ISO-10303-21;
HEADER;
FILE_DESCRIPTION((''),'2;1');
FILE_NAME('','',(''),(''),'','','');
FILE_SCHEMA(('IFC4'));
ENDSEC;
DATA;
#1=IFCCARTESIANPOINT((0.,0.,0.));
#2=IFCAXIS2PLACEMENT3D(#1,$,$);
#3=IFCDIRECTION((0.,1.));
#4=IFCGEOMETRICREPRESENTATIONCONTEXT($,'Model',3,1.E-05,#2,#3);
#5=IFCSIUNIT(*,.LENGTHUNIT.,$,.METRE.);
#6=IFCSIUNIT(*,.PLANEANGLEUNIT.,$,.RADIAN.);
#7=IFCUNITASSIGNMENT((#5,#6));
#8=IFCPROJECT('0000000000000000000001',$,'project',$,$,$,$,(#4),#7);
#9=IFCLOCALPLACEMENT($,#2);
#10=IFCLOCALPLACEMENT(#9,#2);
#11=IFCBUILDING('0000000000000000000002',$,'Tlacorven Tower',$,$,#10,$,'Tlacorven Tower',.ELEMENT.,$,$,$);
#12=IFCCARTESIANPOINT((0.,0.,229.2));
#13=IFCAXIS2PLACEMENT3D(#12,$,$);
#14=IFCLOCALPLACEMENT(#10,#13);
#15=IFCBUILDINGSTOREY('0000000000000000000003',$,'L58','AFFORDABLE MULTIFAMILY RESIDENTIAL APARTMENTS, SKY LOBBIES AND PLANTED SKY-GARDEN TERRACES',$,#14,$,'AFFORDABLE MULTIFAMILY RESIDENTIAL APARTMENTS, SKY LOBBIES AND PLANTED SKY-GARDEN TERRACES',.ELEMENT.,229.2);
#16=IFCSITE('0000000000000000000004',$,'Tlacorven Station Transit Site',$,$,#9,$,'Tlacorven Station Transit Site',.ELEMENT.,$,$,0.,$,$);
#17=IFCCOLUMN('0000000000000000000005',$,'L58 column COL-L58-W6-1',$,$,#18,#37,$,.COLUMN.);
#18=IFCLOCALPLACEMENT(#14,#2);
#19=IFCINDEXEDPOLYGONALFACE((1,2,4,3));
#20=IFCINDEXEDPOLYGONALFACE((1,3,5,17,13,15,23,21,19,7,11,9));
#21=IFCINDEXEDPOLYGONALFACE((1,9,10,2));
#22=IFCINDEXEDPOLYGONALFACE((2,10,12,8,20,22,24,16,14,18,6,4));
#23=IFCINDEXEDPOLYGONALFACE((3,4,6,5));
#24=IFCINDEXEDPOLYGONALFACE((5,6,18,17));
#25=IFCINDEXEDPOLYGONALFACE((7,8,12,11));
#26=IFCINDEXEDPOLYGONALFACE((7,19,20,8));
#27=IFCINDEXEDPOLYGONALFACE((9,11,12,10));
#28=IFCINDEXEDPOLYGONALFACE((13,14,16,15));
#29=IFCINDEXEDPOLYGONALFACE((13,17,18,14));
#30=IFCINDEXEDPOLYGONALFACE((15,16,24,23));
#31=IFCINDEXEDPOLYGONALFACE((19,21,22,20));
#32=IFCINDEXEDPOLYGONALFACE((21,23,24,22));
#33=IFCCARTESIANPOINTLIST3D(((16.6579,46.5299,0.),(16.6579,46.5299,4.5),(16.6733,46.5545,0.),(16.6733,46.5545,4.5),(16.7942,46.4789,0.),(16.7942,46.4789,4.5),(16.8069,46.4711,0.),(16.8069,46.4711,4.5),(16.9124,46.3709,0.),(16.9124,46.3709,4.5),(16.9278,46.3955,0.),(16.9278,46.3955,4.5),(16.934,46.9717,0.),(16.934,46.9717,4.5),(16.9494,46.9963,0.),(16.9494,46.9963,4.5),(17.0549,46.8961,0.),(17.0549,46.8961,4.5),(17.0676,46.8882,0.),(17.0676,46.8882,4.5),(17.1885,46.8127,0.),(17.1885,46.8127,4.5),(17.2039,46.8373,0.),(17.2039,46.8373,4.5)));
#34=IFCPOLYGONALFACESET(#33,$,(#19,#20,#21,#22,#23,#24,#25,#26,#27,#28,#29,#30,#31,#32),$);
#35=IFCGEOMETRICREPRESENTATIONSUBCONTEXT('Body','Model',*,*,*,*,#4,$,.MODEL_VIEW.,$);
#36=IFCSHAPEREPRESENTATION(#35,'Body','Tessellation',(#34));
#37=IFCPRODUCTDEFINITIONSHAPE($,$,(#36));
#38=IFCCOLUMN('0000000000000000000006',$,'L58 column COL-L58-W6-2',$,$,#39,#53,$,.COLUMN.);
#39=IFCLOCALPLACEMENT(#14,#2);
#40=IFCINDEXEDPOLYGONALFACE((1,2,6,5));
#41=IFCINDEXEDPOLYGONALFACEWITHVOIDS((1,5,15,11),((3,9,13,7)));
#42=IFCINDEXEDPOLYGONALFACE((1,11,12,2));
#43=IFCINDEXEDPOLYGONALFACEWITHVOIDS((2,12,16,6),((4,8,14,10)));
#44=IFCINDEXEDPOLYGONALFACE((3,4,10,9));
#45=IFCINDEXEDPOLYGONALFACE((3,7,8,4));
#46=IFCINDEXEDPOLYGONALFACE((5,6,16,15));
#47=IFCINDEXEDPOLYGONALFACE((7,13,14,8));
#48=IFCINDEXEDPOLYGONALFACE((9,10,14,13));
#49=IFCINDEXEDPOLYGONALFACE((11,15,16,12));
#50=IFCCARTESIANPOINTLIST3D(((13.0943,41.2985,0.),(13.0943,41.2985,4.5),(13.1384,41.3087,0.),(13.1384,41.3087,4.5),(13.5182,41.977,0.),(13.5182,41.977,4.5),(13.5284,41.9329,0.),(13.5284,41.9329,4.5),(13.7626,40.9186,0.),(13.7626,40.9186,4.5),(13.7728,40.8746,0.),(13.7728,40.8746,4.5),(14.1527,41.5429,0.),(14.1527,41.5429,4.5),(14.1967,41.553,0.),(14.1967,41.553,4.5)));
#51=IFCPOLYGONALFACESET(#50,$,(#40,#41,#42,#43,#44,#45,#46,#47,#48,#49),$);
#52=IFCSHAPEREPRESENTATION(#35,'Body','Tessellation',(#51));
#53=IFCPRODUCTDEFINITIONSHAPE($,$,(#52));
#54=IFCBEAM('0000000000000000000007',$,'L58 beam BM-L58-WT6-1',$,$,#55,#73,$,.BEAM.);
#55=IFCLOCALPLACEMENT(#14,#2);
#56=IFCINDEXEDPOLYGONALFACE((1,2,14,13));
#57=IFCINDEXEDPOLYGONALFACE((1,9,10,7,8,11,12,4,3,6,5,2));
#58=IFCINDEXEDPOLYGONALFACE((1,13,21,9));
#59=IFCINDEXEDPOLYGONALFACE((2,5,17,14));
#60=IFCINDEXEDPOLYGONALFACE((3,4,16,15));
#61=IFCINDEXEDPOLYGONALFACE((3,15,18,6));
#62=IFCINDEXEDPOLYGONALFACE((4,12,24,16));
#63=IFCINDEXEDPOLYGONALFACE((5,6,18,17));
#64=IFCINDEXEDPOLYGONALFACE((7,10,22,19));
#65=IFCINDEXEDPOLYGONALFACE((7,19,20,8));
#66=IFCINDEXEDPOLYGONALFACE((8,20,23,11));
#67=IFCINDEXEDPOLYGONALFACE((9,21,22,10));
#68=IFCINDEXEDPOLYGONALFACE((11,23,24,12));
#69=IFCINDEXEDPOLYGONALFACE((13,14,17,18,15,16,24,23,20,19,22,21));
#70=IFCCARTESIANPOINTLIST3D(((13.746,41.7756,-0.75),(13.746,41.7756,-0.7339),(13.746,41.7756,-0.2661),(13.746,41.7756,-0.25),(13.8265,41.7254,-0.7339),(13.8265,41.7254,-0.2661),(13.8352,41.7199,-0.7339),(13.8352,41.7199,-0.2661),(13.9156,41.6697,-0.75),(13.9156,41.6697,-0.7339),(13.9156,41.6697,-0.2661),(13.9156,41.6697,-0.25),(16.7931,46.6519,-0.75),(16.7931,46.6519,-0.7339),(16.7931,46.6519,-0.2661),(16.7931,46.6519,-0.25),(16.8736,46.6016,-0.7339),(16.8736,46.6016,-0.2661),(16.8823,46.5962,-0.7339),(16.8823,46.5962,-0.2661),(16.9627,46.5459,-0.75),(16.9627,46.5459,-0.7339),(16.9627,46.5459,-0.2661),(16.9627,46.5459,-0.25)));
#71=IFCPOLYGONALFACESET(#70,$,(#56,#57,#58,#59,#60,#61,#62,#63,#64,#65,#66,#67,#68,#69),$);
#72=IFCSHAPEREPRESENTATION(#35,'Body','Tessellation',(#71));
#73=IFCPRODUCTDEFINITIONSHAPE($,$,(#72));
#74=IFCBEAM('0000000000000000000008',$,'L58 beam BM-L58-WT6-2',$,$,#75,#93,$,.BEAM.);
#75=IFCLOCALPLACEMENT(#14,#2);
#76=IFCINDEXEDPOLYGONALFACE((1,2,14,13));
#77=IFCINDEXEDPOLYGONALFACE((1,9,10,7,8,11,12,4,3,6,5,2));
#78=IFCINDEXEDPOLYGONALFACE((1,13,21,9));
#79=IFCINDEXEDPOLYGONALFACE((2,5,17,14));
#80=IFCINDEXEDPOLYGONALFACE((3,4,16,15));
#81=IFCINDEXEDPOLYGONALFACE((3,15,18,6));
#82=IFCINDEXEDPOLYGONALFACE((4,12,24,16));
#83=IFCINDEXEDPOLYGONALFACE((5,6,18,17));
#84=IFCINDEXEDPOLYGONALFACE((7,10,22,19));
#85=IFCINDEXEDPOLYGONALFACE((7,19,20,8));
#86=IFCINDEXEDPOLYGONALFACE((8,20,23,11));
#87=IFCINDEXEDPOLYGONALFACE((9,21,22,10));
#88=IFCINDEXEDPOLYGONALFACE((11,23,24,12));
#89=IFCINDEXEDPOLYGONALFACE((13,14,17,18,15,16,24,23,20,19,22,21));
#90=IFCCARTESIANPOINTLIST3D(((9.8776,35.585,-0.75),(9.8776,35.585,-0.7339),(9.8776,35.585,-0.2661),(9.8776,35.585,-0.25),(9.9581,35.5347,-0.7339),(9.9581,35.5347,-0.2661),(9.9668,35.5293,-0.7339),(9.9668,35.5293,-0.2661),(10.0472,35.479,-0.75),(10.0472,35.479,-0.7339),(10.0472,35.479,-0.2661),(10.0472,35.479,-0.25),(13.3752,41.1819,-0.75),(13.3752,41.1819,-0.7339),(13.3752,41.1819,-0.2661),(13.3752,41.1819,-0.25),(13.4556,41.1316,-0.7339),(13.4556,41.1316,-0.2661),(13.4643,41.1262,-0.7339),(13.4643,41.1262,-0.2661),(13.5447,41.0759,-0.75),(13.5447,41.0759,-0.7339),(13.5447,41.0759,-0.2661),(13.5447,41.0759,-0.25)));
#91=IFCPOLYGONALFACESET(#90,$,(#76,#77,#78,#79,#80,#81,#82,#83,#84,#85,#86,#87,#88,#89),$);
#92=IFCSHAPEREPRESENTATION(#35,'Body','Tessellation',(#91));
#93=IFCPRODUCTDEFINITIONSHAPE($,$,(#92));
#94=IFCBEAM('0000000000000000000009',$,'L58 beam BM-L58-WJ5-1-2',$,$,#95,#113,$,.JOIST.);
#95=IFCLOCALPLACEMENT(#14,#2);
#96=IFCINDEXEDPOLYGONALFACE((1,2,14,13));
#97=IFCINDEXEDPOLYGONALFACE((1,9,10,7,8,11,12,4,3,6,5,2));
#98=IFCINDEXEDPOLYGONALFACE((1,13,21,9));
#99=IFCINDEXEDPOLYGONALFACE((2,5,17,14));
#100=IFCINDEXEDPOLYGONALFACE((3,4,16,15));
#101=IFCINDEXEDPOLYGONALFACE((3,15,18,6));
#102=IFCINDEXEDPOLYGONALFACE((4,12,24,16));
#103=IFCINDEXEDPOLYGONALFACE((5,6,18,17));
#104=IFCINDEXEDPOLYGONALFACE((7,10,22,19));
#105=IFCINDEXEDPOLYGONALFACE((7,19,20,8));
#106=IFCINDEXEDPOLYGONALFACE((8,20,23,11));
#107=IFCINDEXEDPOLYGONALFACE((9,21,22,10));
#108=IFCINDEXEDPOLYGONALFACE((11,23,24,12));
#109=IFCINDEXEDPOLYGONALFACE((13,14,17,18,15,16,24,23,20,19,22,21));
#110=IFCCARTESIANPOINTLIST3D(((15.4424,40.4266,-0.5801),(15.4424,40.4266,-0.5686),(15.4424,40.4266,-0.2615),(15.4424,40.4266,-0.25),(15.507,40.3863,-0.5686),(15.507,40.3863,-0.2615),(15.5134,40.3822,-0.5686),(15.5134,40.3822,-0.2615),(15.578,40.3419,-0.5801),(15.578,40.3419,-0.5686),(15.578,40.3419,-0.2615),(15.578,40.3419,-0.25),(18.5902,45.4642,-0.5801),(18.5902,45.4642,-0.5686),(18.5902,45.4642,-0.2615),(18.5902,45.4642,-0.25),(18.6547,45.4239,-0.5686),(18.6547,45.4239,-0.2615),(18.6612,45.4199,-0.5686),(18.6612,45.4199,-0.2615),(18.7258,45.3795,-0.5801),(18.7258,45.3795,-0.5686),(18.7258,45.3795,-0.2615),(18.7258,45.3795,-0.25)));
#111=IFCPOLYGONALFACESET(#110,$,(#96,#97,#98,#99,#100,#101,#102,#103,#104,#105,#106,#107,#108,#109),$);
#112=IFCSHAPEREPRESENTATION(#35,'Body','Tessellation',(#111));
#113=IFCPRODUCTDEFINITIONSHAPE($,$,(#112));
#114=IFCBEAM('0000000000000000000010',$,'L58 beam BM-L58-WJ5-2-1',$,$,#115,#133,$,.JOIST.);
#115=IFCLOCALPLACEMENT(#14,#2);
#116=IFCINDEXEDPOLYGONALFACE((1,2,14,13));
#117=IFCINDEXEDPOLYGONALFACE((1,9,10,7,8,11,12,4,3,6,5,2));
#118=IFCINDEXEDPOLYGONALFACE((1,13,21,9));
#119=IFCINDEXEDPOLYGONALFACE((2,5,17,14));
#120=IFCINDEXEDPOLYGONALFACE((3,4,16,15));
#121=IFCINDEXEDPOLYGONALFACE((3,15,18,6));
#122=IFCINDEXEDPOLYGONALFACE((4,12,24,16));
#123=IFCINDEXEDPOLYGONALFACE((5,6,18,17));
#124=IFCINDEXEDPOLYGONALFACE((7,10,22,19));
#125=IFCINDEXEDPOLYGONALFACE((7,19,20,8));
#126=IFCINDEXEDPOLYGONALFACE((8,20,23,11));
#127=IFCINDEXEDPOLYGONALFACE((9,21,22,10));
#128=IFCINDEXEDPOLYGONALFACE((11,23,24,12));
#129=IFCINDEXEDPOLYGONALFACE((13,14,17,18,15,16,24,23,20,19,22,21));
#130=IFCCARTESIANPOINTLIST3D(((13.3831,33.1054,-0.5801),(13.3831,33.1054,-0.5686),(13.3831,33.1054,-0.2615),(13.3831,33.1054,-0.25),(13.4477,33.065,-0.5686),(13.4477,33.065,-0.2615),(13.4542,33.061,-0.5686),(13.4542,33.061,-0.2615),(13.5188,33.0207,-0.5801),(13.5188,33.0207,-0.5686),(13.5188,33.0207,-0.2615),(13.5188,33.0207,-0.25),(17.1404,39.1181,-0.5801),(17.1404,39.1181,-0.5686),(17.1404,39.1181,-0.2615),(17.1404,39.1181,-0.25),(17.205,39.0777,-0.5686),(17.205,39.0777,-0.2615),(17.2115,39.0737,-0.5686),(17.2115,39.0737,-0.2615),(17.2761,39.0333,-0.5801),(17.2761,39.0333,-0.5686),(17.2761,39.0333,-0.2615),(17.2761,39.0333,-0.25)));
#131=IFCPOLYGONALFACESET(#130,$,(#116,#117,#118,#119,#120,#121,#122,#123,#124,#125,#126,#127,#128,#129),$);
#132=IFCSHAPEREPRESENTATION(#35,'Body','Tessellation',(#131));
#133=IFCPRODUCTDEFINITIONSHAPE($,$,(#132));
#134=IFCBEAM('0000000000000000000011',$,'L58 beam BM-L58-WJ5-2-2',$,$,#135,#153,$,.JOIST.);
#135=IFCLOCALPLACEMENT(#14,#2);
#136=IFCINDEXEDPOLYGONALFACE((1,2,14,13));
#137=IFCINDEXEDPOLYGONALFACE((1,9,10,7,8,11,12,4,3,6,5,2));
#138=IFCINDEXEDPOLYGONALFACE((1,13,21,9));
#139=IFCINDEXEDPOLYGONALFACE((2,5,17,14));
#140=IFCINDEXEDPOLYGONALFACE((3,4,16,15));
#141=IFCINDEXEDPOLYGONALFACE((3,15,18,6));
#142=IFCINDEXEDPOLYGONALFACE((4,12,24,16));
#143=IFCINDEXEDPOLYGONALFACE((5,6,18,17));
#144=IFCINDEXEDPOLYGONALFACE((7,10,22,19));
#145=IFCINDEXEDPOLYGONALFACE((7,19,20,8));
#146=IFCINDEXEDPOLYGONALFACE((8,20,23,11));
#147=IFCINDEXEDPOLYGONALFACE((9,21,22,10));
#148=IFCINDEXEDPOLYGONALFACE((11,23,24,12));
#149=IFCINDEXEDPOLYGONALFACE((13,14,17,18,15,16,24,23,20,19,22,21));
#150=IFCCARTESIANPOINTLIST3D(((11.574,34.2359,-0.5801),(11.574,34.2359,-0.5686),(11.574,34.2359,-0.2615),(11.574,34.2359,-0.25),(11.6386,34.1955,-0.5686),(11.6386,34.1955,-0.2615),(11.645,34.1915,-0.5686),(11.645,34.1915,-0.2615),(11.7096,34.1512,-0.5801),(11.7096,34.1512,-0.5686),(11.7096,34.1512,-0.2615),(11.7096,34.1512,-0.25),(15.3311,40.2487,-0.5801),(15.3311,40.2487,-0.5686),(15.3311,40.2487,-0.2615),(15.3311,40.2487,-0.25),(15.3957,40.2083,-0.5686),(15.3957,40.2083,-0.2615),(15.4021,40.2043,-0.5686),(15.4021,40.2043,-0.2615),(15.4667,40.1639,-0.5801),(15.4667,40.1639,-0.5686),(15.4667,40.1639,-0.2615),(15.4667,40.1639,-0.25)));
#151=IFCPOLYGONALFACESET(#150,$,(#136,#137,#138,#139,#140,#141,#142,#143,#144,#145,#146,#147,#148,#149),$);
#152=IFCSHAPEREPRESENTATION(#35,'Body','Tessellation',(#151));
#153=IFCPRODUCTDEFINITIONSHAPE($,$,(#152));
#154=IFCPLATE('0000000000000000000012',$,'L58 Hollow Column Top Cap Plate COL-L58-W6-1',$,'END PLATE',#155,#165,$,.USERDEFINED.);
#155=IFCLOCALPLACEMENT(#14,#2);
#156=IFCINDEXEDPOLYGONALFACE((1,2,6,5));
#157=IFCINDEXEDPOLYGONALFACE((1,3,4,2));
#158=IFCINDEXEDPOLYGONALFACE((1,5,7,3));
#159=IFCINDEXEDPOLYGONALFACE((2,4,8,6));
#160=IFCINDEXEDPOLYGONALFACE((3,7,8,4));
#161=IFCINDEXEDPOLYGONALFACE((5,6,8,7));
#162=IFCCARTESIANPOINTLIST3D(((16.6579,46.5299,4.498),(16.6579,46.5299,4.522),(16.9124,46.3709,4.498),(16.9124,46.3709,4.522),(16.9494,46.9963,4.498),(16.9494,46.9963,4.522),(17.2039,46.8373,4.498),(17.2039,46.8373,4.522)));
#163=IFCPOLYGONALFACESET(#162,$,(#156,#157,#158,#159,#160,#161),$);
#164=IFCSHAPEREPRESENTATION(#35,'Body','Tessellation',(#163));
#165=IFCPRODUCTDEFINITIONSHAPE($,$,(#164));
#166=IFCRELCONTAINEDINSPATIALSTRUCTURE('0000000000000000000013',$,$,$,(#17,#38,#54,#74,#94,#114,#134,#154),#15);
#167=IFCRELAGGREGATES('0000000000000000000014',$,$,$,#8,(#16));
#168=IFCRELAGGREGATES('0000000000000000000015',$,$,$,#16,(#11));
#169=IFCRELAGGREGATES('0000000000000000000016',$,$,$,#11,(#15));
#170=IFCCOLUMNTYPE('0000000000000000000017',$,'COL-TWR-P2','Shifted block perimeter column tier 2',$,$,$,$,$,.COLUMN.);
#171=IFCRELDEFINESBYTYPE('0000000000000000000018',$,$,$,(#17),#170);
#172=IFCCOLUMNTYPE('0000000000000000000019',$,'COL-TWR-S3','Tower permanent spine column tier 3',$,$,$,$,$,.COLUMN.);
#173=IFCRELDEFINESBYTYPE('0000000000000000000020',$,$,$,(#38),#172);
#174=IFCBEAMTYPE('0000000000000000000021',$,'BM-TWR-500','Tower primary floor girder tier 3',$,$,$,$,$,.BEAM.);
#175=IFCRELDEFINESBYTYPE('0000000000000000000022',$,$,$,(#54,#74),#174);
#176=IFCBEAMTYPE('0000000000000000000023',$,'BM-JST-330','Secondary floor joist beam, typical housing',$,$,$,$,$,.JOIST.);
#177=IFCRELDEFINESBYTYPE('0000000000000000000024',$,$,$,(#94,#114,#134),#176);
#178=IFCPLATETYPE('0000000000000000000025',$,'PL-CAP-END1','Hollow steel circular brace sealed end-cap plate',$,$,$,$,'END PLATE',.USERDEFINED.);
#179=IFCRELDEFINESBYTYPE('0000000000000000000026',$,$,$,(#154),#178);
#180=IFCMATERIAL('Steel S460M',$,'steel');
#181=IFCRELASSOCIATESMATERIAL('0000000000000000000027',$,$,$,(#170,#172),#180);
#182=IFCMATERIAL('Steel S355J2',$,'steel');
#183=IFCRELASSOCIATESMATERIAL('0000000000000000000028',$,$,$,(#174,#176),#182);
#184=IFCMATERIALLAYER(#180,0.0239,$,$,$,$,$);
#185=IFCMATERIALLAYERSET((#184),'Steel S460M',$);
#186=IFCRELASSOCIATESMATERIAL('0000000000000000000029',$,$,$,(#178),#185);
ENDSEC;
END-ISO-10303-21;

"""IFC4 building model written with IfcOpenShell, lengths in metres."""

from ifc_helpers import new_model, si_unit, direction, frame, origin, origin_2d, place, context, subcontext, project, spatial, rectangle, hollow_rectangle, i_section, extrude, source, transform, mapped, material, layer, layer_set, material_profile, profile_set, type_object, element, save


model = new_model("IFC4")

# Units and contexts
model_context = context("Model", 3, precision=1e-05, world=origin(), true_north=direction((0.0, 1.0)))
body_context = subcontext(model_context, "Body", "Model", "MODEL_VIEW")
ifc_project = project(units=[si_unit("LENGTHUNIT", "METRE"), si_unit("PLANEANGLEUNIT", "RADIAN")], contexts=[model_context])

# Site, building, storey
site_placement = place(None, origin())
site = spatial("IfcSite", under=ifc_project, at=site_placement, Name="Tlacorven Station Transit Site", LongName="Tlacorven Station Transit Site", CompositionType="ELEMENT", RefElevation=0.0)
building_placement = place(site_placement, origin())
building = spatial("IfcBuilding", under=site, at=building_placement, Name="Tlacorven Tower", LongName="Tlacorven Tower", CompositionType="ELEMENT")
storey_placement = place(building_placement, frame((0.0, 0.0, 229.2)))
storey = spatial("IfcBuildingStorey", under=building, at=storey_placement, Name="L58", Description="AFFORDABLE MULTIFAMILY RESIDENTIAL APARTMENTS, SKY LOBBIES AND PLANTED SKY-GARDEN TERRACES", LongName="AFFORDABLE MULTIFAMILY RESIDENTIAL APARTMENTS, SKY LOBBIES AND PLANTED SKY-GARDEN TERRACES", CompositionType="ELEMENT", Elevation=229.2)

# Columns
ifc_material_1 = material(Name="Steel S460M", Category="steel")
ifc_material_profile_1 = material_profile(ifc_material_1, i_section(OverallWidth=0.3, OverallDepth=0.55, WebThickness=0.0149, FlangeThickness=0.0291, at=origin_2d()), Name="HEB 550")
ifc_profile_set_1 = profile_set([ifc_material_profile_1], Name="Steel S460M")
column_type_1 = type_object("IfcColumnType", Name="COL-TWR-P2", Description="Shifted block perimeter column tier 2", PredefinedType="COLUMN", material=ifc_profile_set_1)
shared_shape_1 = source(origin(), body_context, "Body", "SweptSolid", [
    extrude(i_section(OverallWidth=0.3, OverallDepth=0.55, WebThickness=0.0149, FlangeThickness=0.0291, at=origin_2d()), origin(), (0.0, 0.0, 1.0), 4.5),
])
column_1_placement = place(storey_placement, frame((16.9309, 46.6836, 0.0), z_axis=(0.0, 0.0, 1.0), x_axis=(-0.848048, 0.529919, 0.0)))
element("IfcColumn", 1, at=column_1_placement, inside=storey, type_object=column_type_1, Name="L58 column COL-L58-W6-1", PredefinedType="COLUMN", context=body_context, shape_type="MappedRepresentation", body=[
    mapped(shared_shape_1, transform((0.0, 0.0, 0.0), scale=1.0)),
])
ifc_material_profile_2 = material_profile(ifc_material_1, hollow_rectangle(XDim=0.8, YDim=0.8, WallThickness=0.032, at=origin_2d()), Name="BOX 800X800X32")
ifc_profile_set_2 = profile_set([ifc_material_profile_2], Name="Steel S460M")
column_type_2 = type_object("IfcColumnType", Name="COL-TWR-S3", Description="Tower permanent spine column tier 3", PredefinedType="COLUMN", material=ifc_profile_set_2)
shared_shape_2 = source(origin(), body_context, "Body", "SweptSolid", [
    extrude(hollow_rectangle(XDim=0.8, YDim=0.8, WallThickness=0.032, at=origin_2d()), origin(), (0.0, 0.0, 1.0), 4.5),
])
column_2_placement = place(storey_placement, frame((13.6455, 41.4258, 0.0), z_axis=(0.0, 0.0, 1.0), x_axis=(-0.848048, 0.529919, 0.0)))
element("IfcColumn", 2, at=column_2_placement, inside=storey, type_object=column_type_2, Name="L58 column COL-L58-W6-2", PredefinedType="COLUMN", context=body_context, shape_type="MappedRepresentation", body=[
    mapped(shared_shape_2, transform((0.0, 0.0, 0.0), scale=1.0)),
])

# Beams
ifc_material_2 = material(Name="Steel S355J2", Category="steel")
ifc_material_profile_3 = material_profile(ifc_material_2, i_section(OverallWidth=0.2, OverallDepth=0.5, WebThickness=0.0103, FlangeThickness=0.0161, at=origin_2d()), Name="IPE 500")
ifc_profile_set_3 = profile_set([ifc_material_profile_3], Name="Steel S355J2")
beam_type_1 = type_object("IfcBeamType", Name="BM-TWR-500", Description="Tower primary floor girder tier 3", PredefinedType="BEAM", material=ifc_profile_set_3)
shared_shape_3 = source(origin(), body_context, "Body", "SweptSolid", [
    extrude(i_section(OverallWidth=0.2, OverallDepth=0.5, WebThickness=0.0103, FlangeThickness=0.0161, at=origin_2d()), origin(), (0.0, 0.0, 1.0), 5.75),
])
beam_1_placement = place(storey_placement, frame((16.8779, 46.5989, -0.5), z_axis=(-0.529934, -0.848039, 0.0), x_axis=(0.848039, -0.529934, 0.0)))
element("IfcBeam", 3, at=beam_1_placement, inside=storey, type_object=beam_type_1, Name="L58 beam BM-L58-WT6-1", PredefinedType="BEAM", context=body_context, shape_type="MappedRepresentation", body=[
    mapped(shared_shape_3, transform((0.0, 0.0, 0.0), scale=1.0)),
])
shared_shape_4 = source(origin(), body_context, "Body", "SweptSolid", [
    extrude(i_section(OverallWidth=0.2, OverallDepth=0.5, WebThickness=0.0103, FlangeThickness=0.0161, at=origin_2d()), origin(), (0.0, 0.0, 1.0), 6.5999),
])
beam_2_placement = place(storey_placement, frame((13.46, 41.1289, -0.5), z_axis=(-0.529942, -0.848034, 0.0), x_axis=(0.848034, -0.529942, 0.0)))
element("IfcBeam", 4, at=beam_2_placement, inside=storey, type_object=beam_type_1, Name="L58 beam BM-L58-WT6-2", PredefinedType="BEAM", context=body_context, shape_type="MappedRepresentation", body=[
    mapped(shared_shape_4, transform((0.0, 0.0, 0.0), scale=1.0)),
])
ifc_material_profile_4 = material_profile(ifc_material_2, i_section(OverallWidth=0.1599, OverallDepth=0.3301, WebThickness=0.0076, FlangeThickness=0.0115, at=origin_2d()), Name="IPE 330")
ifc_profile_set_4 = profile_set([ifc_material_profile_4], Name="Steel S355J2")
beam_type_2 = type_object("IfcBeamType", Name="BM-JST-330", Description="Secondary floor joist beam, typical housing", PredefinedType="JOIST", material=ifc_profile_set_4)
shared_shape_5 = source(origin(), body_context, "Body", "SweptSolid", [
    extrude(i_section(OverallWidth=0.1599, OverallDepth=0.3301, WebThickness=0.0076, FlangeThickness=0.0115, at=origin_2d()), origin(), (0.0, 0.0, 1.0), 5.9402),
])
beam_3_placement = place(storey_placement, frame((18.658, 45.4219, -0.415), z_axis=(-0.529903, -0.848058, 0.0), x_axis=(0.848058, -0.529903, 0.0)))
element("IfcBeam", 5, at=beam_3_placement, inside=storey, type_object=beam_type_2, Name="L58 beam BM-L58-WJ5-1-2", PredefinedType="JOIST", context=body_context, shape_type="MappedRepresentation", body=[
    mapped(shared_shape_5, transform((0.0, 0.0, 0.0), scale=1.0)),
])
shared_shape_6 = source(origin(), body_context, "Body", "SweptSolid", [
    extrude(i_section(OverallWidth=0.1599, OverallDepth=0.3301, WebThickness=0.0076, FlangeThickness=0.0115, at=origin_2d()), origin(), (0.0, 0.0, 1.0), 7.0901),
])
for number, where, z_axis, x_axis, name in (
    (6, (17.2083, 39.0757, -0.415), (-0.529937, -0.848037, 0.0), (0.848037, -0.529937, 0.0), "L58 beam BM-L58-WJ5-2-1"),
    (7, (15.3989, 40.2063, -0.415), (-0.529912, -0.848052, 0.0), (0.848052, -0.529912, 0.0), "L58 beam BM-L58-WJ5-2-2"),
):
    element("IfcBeam", number, at=place(storey_placement, frame(where, z_axis=z_axis, x_axis=x_axis)), inside=storey, type_object=beam_type_2, Name=name, PredefinedType="JOIST", context=body_context, shape_type="MappedRepresentation", body=[
        mapped(shared_shape_6, transform((0.0, 0.0, 0.0), scale=1.0)),
    ])

# Plate
ifc_layer_1 = layer(ifc_material_1, 0.0239)
ifc_layer_set_1 = layer_set([ifc_layer_1], Name="Steel S460M")
plate_type = type_object("IfcPlateType", Name="PL-CAP-END1", Description="Hollow steel circular brace sealed end-cap plate", ElementType="END PLATE", PredefinedType="USERDEFINED", material=ifc_layer_set_1)
shared_shape_7 = source(origin(), body_context, "Body", "SweptSolid", [
    extrude(rectangle(XDim=0.3, YDim=0.55, at=origin_2d()), origin(), (0.0, 0.0, 1.0), 0.0239),
])
plate_placement = place(storey_placement, frame((16.9309, 46.6836, 4.498), z_axis=(0.0, 0.0, 1.0), x_axis=(-0.848048, 0.529919, 0.0)))
element("IfcPlate", 8, at=plate_placement, inside=storey, type_object=plate_type, Name="L58 Hollow Column Top Cap Plate COL-L58-W6-1", ObjectType="END PLATE", PredefinedType="USERDEFINED", context=body_context, shape_type="MappedRepresentation", body=[
    mapped(shared_shape_7, transform((0.0, 0.0, 0.0), scale=1.0)),
])

save(model, "model.ifc")
